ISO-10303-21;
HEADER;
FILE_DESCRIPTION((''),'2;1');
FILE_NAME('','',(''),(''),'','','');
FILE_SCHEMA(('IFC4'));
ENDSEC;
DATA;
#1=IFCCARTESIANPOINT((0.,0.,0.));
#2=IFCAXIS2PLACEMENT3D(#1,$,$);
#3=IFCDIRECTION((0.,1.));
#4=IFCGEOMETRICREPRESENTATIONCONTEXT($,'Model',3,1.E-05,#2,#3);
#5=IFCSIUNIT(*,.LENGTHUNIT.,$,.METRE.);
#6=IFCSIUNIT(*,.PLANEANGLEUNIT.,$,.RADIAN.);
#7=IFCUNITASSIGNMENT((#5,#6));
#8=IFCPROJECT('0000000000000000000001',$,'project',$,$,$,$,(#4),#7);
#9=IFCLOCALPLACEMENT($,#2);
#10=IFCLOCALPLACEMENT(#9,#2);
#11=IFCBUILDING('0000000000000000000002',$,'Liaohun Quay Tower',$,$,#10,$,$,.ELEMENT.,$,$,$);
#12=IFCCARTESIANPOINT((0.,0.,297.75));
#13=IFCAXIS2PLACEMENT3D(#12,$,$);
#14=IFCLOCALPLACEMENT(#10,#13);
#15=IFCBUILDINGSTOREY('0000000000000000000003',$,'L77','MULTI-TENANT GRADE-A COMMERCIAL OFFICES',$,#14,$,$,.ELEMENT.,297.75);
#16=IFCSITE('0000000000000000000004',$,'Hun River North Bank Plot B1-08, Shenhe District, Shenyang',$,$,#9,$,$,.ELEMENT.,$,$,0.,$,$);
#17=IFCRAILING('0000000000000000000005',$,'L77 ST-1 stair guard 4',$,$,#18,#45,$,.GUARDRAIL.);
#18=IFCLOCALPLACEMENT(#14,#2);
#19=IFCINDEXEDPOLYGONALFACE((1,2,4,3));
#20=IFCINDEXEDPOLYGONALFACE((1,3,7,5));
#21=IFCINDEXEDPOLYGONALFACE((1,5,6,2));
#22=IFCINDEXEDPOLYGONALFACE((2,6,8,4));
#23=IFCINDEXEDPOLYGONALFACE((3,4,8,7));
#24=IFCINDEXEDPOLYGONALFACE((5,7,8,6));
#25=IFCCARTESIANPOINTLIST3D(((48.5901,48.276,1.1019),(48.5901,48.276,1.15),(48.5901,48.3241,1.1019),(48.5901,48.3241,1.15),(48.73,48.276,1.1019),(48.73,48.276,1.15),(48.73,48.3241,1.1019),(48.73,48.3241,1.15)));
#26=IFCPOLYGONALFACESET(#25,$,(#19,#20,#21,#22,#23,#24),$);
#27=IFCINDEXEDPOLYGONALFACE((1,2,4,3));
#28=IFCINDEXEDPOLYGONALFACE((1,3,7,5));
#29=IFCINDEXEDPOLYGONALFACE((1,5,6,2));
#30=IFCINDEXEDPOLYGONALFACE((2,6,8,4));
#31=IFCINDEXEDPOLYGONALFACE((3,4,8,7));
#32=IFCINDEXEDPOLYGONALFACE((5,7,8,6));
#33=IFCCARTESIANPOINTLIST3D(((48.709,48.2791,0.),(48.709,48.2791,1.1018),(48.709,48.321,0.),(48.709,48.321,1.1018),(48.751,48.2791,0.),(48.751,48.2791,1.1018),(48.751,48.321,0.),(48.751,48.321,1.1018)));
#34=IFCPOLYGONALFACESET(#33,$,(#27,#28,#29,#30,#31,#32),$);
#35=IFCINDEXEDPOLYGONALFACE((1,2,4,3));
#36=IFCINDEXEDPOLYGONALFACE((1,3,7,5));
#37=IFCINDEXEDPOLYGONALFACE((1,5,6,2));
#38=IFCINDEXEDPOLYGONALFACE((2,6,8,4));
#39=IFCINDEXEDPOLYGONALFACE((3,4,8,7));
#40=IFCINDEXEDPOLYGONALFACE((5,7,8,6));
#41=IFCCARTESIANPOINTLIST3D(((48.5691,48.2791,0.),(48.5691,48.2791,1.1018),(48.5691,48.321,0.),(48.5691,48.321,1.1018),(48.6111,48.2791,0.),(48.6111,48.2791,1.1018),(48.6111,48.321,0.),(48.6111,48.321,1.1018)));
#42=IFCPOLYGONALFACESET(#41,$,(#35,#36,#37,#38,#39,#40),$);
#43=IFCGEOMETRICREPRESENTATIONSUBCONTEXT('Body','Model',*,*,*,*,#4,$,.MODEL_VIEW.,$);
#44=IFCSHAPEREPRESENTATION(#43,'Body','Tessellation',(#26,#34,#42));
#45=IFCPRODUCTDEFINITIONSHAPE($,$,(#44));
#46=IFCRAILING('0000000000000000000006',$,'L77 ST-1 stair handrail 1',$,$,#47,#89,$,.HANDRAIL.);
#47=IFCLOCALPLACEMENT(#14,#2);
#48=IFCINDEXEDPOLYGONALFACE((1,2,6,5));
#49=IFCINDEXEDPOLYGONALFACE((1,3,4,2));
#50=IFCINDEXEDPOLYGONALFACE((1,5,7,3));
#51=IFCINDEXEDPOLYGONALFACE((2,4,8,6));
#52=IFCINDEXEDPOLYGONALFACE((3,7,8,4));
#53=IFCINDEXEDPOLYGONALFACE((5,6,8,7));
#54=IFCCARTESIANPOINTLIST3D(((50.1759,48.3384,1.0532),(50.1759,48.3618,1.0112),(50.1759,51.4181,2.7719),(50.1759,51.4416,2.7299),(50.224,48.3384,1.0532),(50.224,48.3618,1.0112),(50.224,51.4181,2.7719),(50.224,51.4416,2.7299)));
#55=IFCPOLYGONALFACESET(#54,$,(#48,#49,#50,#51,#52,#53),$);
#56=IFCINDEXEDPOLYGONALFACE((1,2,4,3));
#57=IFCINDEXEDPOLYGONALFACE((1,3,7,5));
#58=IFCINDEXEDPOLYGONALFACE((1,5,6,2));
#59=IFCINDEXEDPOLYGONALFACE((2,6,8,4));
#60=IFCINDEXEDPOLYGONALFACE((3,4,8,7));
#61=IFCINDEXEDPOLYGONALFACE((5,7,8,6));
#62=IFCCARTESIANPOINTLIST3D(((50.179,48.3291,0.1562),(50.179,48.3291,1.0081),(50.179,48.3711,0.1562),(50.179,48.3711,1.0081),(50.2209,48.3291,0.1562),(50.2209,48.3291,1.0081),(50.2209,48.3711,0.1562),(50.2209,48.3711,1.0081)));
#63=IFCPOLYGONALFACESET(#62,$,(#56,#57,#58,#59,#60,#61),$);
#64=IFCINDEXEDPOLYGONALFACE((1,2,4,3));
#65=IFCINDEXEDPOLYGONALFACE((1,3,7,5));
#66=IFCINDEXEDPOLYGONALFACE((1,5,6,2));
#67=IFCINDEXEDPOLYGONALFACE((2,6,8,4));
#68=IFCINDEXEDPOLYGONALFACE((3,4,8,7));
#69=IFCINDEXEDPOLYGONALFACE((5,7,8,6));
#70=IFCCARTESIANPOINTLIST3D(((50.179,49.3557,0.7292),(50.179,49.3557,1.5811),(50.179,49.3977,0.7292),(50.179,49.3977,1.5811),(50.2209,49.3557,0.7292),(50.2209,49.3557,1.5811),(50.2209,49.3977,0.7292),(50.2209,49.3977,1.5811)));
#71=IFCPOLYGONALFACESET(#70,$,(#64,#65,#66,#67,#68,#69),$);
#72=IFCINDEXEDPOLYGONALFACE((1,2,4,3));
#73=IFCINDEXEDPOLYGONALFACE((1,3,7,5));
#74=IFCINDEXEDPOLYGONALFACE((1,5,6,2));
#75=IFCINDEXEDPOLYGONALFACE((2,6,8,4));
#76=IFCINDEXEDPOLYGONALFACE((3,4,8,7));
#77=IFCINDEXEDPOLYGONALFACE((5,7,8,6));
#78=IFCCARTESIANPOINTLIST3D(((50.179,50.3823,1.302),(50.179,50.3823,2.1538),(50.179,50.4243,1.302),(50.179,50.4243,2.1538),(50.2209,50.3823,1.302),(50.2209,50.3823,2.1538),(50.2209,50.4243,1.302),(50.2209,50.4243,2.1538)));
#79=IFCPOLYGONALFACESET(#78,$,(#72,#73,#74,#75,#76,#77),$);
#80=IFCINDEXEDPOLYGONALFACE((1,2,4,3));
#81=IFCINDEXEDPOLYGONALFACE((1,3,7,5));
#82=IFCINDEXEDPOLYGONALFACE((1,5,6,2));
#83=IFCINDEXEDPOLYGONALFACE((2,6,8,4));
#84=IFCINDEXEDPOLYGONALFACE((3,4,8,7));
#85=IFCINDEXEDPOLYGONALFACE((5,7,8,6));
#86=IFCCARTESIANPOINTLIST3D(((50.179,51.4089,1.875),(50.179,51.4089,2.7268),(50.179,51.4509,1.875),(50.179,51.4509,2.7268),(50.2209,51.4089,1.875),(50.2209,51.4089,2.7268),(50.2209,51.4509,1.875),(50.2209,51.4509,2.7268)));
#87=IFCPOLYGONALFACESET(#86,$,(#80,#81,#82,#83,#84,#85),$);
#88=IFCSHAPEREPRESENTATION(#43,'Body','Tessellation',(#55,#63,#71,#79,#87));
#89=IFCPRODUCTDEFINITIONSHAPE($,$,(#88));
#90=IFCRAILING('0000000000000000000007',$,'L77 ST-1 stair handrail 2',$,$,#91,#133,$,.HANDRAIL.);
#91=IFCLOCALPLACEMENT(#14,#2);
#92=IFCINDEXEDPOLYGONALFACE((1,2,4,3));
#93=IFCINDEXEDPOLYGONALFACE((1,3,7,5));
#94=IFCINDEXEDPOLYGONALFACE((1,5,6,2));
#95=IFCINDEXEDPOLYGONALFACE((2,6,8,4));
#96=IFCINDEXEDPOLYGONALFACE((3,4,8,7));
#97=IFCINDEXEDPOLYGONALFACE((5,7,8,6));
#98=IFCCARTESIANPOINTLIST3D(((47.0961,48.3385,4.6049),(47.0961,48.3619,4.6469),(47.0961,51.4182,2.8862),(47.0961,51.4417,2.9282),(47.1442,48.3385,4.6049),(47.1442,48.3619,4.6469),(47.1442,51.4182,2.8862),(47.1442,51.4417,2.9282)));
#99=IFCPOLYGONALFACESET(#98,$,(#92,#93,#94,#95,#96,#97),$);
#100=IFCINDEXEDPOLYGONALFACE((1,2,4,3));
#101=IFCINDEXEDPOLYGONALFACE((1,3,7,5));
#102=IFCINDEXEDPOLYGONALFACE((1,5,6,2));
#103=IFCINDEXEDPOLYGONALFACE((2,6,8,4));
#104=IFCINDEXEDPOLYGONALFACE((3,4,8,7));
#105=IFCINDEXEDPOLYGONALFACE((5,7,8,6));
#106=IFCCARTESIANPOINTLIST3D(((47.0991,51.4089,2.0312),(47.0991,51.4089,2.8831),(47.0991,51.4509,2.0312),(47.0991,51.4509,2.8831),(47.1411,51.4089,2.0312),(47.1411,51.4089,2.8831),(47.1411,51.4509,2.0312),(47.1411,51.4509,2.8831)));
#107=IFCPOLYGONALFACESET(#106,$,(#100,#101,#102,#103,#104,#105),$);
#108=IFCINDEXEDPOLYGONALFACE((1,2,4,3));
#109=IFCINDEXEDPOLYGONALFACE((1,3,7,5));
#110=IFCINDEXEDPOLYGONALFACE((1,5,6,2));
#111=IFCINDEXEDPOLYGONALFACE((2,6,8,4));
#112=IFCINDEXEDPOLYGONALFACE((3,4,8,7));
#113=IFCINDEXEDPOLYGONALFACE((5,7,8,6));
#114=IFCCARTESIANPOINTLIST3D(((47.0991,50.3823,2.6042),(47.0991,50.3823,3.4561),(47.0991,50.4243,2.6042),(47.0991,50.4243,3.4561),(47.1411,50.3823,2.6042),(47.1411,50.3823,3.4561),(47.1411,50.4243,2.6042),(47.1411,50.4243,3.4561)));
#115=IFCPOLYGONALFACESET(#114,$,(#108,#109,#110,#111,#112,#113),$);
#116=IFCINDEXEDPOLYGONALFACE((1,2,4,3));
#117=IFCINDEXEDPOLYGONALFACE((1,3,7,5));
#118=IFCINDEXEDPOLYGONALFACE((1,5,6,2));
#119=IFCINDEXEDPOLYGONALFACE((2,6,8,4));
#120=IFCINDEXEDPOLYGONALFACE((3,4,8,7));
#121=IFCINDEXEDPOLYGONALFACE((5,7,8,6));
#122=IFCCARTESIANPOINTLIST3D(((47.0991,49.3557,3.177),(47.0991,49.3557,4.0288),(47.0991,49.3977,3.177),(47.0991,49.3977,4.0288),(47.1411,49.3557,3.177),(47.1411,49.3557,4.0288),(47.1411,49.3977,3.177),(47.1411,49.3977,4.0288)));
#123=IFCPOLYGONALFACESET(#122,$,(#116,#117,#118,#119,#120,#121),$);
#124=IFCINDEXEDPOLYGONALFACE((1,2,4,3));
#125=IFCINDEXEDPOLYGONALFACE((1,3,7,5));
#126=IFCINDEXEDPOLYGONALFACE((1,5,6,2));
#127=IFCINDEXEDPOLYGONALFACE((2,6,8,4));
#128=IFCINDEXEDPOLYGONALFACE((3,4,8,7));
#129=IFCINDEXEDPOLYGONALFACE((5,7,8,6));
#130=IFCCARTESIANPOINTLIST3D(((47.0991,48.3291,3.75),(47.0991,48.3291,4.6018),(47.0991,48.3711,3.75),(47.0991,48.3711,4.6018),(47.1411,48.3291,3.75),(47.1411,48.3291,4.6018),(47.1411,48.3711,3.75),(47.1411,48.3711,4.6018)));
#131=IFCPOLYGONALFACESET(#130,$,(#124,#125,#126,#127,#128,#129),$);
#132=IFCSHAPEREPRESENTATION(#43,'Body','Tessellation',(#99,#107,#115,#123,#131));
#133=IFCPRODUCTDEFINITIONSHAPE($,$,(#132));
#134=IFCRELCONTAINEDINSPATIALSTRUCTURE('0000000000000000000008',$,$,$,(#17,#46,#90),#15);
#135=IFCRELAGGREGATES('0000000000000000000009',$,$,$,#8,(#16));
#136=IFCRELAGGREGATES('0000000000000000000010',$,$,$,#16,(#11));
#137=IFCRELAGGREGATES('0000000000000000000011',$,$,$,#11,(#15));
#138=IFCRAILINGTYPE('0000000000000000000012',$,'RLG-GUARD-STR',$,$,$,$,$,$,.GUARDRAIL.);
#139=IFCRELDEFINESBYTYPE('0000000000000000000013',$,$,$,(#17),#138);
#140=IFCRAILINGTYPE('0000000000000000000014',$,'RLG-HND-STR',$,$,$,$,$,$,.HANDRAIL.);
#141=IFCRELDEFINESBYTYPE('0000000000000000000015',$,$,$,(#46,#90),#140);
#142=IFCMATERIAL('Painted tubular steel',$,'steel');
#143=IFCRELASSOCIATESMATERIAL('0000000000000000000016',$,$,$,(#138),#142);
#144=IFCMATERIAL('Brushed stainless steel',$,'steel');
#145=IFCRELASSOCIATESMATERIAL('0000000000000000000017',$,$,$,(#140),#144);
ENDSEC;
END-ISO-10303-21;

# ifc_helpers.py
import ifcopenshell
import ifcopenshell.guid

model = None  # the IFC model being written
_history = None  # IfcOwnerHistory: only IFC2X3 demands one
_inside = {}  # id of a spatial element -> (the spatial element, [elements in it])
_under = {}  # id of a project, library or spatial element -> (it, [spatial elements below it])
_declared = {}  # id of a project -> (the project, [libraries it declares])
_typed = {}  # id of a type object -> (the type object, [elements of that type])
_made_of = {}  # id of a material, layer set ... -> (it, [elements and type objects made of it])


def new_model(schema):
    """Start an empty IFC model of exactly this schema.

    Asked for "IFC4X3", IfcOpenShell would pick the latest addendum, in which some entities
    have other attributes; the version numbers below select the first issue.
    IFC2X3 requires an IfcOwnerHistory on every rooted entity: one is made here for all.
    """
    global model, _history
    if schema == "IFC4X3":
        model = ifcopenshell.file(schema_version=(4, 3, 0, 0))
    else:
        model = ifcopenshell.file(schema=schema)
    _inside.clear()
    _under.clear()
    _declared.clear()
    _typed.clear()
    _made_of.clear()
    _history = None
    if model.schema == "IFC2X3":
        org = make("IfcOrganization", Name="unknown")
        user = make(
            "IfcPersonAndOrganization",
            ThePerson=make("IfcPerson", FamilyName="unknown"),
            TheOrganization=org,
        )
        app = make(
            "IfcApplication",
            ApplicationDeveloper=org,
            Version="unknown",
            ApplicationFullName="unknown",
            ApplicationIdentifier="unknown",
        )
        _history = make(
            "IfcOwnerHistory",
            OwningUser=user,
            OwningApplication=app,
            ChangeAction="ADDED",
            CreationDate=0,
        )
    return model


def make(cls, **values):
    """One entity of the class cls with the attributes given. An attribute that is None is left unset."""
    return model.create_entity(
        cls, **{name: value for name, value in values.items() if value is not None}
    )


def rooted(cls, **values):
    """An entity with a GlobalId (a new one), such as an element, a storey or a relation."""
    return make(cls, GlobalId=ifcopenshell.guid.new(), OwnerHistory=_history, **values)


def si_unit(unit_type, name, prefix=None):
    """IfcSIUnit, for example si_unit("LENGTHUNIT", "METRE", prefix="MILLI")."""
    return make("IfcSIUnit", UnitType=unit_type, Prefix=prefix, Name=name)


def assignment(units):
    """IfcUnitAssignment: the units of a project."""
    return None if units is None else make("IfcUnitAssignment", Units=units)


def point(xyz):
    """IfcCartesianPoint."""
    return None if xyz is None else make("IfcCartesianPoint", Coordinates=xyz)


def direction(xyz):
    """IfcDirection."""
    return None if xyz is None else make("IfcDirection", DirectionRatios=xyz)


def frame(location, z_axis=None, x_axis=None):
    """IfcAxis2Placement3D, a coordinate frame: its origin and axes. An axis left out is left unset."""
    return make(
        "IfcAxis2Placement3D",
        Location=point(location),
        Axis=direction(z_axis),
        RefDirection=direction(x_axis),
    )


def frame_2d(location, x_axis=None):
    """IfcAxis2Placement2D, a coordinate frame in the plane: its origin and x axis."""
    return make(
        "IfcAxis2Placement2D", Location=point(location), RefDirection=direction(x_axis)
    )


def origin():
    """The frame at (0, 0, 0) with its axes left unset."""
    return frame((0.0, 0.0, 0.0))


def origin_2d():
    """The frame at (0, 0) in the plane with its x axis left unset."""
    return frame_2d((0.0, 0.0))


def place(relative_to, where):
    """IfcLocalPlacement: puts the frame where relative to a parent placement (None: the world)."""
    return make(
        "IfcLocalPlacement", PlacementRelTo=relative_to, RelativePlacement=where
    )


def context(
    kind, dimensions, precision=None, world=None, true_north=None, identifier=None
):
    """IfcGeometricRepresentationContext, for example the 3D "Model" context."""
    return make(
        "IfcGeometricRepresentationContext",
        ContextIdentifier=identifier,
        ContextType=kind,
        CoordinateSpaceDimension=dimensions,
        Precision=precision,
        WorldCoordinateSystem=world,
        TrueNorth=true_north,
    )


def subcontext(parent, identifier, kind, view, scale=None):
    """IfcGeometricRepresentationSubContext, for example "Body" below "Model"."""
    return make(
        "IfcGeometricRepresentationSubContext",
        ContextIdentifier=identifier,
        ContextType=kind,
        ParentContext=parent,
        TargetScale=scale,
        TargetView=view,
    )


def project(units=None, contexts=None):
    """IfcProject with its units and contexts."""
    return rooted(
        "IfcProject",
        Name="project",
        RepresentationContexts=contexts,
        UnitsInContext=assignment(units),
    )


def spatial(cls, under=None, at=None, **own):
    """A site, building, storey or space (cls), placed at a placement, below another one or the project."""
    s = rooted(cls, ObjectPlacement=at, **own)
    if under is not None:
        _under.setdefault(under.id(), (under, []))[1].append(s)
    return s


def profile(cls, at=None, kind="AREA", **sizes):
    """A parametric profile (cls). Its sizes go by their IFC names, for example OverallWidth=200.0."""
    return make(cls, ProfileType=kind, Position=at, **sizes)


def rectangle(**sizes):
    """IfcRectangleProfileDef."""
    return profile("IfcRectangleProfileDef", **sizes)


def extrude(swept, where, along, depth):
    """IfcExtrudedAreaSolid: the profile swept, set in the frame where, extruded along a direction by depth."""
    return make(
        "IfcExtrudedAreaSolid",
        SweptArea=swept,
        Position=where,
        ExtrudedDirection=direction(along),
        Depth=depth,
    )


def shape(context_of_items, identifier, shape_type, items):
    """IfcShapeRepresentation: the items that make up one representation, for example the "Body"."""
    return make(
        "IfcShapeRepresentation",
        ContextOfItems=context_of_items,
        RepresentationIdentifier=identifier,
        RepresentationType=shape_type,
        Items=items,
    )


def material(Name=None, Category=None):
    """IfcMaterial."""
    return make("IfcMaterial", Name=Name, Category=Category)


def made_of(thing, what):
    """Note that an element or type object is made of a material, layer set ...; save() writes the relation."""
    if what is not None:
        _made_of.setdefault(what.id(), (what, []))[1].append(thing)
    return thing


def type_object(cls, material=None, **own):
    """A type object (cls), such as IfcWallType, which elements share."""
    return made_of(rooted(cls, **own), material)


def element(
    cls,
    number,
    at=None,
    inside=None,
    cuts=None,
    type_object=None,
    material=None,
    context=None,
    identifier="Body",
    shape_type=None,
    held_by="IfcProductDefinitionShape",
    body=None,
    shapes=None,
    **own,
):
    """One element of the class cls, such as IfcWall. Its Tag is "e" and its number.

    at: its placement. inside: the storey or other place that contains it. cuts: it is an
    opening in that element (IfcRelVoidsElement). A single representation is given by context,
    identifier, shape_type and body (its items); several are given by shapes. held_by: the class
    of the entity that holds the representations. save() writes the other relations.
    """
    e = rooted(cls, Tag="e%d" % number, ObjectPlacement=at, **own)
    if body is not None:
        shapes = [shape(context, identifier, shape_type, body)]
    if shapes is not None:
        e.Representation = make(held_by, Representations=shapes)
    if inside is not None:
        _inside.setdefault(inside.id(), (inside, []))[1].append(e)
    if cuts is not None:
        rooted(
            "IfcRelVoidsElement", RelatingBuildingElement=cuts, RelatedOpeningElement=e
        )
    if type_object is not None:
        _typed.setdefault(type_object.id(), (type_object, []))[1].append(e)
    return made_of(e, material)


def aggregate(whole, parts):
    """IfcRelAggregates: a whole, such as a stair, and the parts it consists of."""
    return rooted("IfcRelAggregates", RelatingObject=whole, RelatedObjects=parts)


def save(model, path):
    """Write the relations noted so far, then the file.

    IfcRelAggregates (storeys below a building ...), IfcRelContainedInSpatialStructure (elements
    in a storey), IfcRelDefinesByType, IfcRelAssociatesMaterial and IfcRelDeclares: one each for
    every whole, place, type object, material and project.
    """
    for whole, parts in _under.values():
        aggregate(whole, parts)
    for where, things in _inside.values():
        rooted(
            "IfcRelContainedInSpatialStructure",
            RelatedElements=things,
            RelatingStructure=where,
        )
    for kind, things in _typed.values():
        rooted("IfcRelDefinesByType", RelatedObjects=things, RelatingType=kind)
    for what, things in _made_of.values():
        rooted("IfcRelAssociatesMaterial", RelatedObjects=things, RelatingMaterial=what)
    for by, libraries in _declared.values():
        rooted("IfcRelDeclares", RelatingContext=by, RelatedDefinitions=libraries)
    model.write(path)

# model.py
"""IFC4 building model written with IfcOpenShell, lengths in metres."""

from ifc_helpers import new_model, si_unit, direction, frame, origin, origin_2d, place, context, subcontext, project, spatial, rectangle, extrude, material, type_object, element, save


model = new_model("IFC4")

# Units and contexts
model_context = context("Model", 3, precision=1e-05, world=origin(), true_north=direction((0.0, 1.0)))
body_context = subcontext(model_context, "Body", "Model", "MODEL_VIEW")
ifc_project = project(units=[si_unit("LENGTHUNIT", "METRE"), si_unit("PLANEANGLEUNIT", "RADIAN")], contexts=[model_context])

# Site, building, storey
site_placement = place(None, origin())
site = spatial("IfcSite", under=ifc_project, at=site_placement, Name="Hun River North Bank Plot B1-08, Shenhe District, Shenyang", CompositionType="ELEMENT", RefElevation=0.0)
building_placement = place(site_placement, origin())
building = spatial("IfcBuilding", under=site, at=building_placement, Name="Liaohun Quay Tower", CompositionType="ELEMENT")
storey_placement = place(building_placement, frame((0.0, 0.0, 297.75)))
storey = spatial("IfcBuildingStorey", under=building, at=storey_placement, Name="L77", Description="MULTI-TENANT GRADE-A COMMERCIAL OFFICES", CompositionType="ELEMENT", Elevation=297.75)

# Railings
ifc_material_1 = material(Name="Painted tubular steel", Category="steel")
railing_type_1 = type_object("IfcRailingType", Name="RLG-GUARD-STR", PredefinedType="GUARDRAIL", material=ifc_material_1)
railing_1_placement = place(storey_placement, frame((48.73, 48.3, 0.0)))
element("IfcRailing", 1, at=railing_1_placement, inside=storey, type_object=railing_type_1, Name="L77 ST-1 stair guard 4", PredefinedType="GUARDRAIL", context=body_context, shape_type="SweptSolid", body=[
    extrude(rectangle(XDim=0.0481, YDim=0.0481, at=origin_2d()), frame((0.0, 0.0, 1.126), z_axis=(-1.0, 0.0, 0.0), x_axis=(0.0, -1.0, 0.0)), (0.0, 0.0, 1.0), 0.1399),
    extrude(rectangle(XDim=0.042, YDim=0.042, at=origin_2d()), origin(), (0.0, 0.0, 1.0), 1.1018),
    extrude(rectangle(XDim=0.042, YDim=0.042, at=origin_2d()), frame((-0.1399, 0.0, 0.0)), (0.0, 0.0, 1.0), 1.1018),
])
ifc_material_2 = material(Name="Brushed stainless steel", Category="steel")
railing_type_2 = type_object("IfcRailingType", Name="RLG-HND-STR", PredefinedType="HANDRAIL", material=ifc_material_2)
railing_2_placement = place(storey_placement, frame((50.2, 48.3501, 0.1562)))
element("IfcRailing", 2, at=railing_2_placement, inside=storey, type_object=railing_type_2, Name="L77 ST-1 stair handrail 1", PredefinedType="HANDRAIL", context=body_context, shape_type="SweptSolid", body=[
    extrude(rectangle(XDim=0.0481, YDim=0.0481, at=origin_2d()), frame((0.0, 0.0, 0.876), z_axis=(0.0, 0.873225, 0.487317), x_axis=(-1.0, 0.0, 0.0)), (0.0, 0.0, 1.0), 3.5269),
    extrude(rectangle(XDim=0.042, YDim=0.042, at=origin_2d()), origin(), (0.0, 0.0, 1.0), 0.8518),
    extrude(rectangle(XDim=0.042, YDim=0.042, at=origin_2d()), frame((0.0, 1.0266, 0.573)), (0.0, 0.0, 1.0), 0.8518),
    extrude(rectangle(XDim=0.042, YDim=0.042, at=origin_2d()), frame((0.0, 2.0532, 1.1458)), (0.0, 0.0, 1.0), 0.8518),
    extrude(rectangle(XDim=0.042, YDim=0.042, at=origin_2d()), frame((0.0, 3.0798, 1.7188)), (0.0, 0.0, 1.0), 0.8518),
])
railing_3_placement = place(storey_placement, frame((47.1201, 51.4299, 2.0312)))
element("IfcRailing", 3, at=railing_3_placement, inside=storey, type_object=railing_type_2, Name="L77 ST-1 stair handrail 2", PredefinedType="HANDRAIL", context=body_context, shape_type="SweptSolid", body=[
    extrude(rectangle(XDim=0.0481, YDim=0.0481, at=origin_2d()), frame((0.0, 0.0, 0.876), z_axis=(0.0, -0.873225, 0.487317), x_axis=(1.0, 0.0, 0.0)), (0.0, 0.0, 1.0), 3.5269),
    extrude(rectangle(XDim=0.042, YDim=0.042, at=origin_2d()), origin(), (0.0, 0.0, 1.0), 0.8518),
    extrude(rectangle(XDim=0.042, YDim=0.042, at=origin_2d()), frame((0.0, -1.0266, 0.573)), (0.0, 0.0, 1.0), 0.8518),
    extrude(rectangle(XDim=0.042, YDim=0.042, at=origin_2d()), frame((0.0, -2.0532, 1.1458)), (0.0, 0.0, 1.0), 0.8518),
    extrude(rectangle(XDim=0.042, YDim=0.042, at=origin_2d()), frame((0.0, -3.0798, 1.7188)), (0.0, 0.0, 1.0), 0.8518),
])

save(model, "model.ifc")
